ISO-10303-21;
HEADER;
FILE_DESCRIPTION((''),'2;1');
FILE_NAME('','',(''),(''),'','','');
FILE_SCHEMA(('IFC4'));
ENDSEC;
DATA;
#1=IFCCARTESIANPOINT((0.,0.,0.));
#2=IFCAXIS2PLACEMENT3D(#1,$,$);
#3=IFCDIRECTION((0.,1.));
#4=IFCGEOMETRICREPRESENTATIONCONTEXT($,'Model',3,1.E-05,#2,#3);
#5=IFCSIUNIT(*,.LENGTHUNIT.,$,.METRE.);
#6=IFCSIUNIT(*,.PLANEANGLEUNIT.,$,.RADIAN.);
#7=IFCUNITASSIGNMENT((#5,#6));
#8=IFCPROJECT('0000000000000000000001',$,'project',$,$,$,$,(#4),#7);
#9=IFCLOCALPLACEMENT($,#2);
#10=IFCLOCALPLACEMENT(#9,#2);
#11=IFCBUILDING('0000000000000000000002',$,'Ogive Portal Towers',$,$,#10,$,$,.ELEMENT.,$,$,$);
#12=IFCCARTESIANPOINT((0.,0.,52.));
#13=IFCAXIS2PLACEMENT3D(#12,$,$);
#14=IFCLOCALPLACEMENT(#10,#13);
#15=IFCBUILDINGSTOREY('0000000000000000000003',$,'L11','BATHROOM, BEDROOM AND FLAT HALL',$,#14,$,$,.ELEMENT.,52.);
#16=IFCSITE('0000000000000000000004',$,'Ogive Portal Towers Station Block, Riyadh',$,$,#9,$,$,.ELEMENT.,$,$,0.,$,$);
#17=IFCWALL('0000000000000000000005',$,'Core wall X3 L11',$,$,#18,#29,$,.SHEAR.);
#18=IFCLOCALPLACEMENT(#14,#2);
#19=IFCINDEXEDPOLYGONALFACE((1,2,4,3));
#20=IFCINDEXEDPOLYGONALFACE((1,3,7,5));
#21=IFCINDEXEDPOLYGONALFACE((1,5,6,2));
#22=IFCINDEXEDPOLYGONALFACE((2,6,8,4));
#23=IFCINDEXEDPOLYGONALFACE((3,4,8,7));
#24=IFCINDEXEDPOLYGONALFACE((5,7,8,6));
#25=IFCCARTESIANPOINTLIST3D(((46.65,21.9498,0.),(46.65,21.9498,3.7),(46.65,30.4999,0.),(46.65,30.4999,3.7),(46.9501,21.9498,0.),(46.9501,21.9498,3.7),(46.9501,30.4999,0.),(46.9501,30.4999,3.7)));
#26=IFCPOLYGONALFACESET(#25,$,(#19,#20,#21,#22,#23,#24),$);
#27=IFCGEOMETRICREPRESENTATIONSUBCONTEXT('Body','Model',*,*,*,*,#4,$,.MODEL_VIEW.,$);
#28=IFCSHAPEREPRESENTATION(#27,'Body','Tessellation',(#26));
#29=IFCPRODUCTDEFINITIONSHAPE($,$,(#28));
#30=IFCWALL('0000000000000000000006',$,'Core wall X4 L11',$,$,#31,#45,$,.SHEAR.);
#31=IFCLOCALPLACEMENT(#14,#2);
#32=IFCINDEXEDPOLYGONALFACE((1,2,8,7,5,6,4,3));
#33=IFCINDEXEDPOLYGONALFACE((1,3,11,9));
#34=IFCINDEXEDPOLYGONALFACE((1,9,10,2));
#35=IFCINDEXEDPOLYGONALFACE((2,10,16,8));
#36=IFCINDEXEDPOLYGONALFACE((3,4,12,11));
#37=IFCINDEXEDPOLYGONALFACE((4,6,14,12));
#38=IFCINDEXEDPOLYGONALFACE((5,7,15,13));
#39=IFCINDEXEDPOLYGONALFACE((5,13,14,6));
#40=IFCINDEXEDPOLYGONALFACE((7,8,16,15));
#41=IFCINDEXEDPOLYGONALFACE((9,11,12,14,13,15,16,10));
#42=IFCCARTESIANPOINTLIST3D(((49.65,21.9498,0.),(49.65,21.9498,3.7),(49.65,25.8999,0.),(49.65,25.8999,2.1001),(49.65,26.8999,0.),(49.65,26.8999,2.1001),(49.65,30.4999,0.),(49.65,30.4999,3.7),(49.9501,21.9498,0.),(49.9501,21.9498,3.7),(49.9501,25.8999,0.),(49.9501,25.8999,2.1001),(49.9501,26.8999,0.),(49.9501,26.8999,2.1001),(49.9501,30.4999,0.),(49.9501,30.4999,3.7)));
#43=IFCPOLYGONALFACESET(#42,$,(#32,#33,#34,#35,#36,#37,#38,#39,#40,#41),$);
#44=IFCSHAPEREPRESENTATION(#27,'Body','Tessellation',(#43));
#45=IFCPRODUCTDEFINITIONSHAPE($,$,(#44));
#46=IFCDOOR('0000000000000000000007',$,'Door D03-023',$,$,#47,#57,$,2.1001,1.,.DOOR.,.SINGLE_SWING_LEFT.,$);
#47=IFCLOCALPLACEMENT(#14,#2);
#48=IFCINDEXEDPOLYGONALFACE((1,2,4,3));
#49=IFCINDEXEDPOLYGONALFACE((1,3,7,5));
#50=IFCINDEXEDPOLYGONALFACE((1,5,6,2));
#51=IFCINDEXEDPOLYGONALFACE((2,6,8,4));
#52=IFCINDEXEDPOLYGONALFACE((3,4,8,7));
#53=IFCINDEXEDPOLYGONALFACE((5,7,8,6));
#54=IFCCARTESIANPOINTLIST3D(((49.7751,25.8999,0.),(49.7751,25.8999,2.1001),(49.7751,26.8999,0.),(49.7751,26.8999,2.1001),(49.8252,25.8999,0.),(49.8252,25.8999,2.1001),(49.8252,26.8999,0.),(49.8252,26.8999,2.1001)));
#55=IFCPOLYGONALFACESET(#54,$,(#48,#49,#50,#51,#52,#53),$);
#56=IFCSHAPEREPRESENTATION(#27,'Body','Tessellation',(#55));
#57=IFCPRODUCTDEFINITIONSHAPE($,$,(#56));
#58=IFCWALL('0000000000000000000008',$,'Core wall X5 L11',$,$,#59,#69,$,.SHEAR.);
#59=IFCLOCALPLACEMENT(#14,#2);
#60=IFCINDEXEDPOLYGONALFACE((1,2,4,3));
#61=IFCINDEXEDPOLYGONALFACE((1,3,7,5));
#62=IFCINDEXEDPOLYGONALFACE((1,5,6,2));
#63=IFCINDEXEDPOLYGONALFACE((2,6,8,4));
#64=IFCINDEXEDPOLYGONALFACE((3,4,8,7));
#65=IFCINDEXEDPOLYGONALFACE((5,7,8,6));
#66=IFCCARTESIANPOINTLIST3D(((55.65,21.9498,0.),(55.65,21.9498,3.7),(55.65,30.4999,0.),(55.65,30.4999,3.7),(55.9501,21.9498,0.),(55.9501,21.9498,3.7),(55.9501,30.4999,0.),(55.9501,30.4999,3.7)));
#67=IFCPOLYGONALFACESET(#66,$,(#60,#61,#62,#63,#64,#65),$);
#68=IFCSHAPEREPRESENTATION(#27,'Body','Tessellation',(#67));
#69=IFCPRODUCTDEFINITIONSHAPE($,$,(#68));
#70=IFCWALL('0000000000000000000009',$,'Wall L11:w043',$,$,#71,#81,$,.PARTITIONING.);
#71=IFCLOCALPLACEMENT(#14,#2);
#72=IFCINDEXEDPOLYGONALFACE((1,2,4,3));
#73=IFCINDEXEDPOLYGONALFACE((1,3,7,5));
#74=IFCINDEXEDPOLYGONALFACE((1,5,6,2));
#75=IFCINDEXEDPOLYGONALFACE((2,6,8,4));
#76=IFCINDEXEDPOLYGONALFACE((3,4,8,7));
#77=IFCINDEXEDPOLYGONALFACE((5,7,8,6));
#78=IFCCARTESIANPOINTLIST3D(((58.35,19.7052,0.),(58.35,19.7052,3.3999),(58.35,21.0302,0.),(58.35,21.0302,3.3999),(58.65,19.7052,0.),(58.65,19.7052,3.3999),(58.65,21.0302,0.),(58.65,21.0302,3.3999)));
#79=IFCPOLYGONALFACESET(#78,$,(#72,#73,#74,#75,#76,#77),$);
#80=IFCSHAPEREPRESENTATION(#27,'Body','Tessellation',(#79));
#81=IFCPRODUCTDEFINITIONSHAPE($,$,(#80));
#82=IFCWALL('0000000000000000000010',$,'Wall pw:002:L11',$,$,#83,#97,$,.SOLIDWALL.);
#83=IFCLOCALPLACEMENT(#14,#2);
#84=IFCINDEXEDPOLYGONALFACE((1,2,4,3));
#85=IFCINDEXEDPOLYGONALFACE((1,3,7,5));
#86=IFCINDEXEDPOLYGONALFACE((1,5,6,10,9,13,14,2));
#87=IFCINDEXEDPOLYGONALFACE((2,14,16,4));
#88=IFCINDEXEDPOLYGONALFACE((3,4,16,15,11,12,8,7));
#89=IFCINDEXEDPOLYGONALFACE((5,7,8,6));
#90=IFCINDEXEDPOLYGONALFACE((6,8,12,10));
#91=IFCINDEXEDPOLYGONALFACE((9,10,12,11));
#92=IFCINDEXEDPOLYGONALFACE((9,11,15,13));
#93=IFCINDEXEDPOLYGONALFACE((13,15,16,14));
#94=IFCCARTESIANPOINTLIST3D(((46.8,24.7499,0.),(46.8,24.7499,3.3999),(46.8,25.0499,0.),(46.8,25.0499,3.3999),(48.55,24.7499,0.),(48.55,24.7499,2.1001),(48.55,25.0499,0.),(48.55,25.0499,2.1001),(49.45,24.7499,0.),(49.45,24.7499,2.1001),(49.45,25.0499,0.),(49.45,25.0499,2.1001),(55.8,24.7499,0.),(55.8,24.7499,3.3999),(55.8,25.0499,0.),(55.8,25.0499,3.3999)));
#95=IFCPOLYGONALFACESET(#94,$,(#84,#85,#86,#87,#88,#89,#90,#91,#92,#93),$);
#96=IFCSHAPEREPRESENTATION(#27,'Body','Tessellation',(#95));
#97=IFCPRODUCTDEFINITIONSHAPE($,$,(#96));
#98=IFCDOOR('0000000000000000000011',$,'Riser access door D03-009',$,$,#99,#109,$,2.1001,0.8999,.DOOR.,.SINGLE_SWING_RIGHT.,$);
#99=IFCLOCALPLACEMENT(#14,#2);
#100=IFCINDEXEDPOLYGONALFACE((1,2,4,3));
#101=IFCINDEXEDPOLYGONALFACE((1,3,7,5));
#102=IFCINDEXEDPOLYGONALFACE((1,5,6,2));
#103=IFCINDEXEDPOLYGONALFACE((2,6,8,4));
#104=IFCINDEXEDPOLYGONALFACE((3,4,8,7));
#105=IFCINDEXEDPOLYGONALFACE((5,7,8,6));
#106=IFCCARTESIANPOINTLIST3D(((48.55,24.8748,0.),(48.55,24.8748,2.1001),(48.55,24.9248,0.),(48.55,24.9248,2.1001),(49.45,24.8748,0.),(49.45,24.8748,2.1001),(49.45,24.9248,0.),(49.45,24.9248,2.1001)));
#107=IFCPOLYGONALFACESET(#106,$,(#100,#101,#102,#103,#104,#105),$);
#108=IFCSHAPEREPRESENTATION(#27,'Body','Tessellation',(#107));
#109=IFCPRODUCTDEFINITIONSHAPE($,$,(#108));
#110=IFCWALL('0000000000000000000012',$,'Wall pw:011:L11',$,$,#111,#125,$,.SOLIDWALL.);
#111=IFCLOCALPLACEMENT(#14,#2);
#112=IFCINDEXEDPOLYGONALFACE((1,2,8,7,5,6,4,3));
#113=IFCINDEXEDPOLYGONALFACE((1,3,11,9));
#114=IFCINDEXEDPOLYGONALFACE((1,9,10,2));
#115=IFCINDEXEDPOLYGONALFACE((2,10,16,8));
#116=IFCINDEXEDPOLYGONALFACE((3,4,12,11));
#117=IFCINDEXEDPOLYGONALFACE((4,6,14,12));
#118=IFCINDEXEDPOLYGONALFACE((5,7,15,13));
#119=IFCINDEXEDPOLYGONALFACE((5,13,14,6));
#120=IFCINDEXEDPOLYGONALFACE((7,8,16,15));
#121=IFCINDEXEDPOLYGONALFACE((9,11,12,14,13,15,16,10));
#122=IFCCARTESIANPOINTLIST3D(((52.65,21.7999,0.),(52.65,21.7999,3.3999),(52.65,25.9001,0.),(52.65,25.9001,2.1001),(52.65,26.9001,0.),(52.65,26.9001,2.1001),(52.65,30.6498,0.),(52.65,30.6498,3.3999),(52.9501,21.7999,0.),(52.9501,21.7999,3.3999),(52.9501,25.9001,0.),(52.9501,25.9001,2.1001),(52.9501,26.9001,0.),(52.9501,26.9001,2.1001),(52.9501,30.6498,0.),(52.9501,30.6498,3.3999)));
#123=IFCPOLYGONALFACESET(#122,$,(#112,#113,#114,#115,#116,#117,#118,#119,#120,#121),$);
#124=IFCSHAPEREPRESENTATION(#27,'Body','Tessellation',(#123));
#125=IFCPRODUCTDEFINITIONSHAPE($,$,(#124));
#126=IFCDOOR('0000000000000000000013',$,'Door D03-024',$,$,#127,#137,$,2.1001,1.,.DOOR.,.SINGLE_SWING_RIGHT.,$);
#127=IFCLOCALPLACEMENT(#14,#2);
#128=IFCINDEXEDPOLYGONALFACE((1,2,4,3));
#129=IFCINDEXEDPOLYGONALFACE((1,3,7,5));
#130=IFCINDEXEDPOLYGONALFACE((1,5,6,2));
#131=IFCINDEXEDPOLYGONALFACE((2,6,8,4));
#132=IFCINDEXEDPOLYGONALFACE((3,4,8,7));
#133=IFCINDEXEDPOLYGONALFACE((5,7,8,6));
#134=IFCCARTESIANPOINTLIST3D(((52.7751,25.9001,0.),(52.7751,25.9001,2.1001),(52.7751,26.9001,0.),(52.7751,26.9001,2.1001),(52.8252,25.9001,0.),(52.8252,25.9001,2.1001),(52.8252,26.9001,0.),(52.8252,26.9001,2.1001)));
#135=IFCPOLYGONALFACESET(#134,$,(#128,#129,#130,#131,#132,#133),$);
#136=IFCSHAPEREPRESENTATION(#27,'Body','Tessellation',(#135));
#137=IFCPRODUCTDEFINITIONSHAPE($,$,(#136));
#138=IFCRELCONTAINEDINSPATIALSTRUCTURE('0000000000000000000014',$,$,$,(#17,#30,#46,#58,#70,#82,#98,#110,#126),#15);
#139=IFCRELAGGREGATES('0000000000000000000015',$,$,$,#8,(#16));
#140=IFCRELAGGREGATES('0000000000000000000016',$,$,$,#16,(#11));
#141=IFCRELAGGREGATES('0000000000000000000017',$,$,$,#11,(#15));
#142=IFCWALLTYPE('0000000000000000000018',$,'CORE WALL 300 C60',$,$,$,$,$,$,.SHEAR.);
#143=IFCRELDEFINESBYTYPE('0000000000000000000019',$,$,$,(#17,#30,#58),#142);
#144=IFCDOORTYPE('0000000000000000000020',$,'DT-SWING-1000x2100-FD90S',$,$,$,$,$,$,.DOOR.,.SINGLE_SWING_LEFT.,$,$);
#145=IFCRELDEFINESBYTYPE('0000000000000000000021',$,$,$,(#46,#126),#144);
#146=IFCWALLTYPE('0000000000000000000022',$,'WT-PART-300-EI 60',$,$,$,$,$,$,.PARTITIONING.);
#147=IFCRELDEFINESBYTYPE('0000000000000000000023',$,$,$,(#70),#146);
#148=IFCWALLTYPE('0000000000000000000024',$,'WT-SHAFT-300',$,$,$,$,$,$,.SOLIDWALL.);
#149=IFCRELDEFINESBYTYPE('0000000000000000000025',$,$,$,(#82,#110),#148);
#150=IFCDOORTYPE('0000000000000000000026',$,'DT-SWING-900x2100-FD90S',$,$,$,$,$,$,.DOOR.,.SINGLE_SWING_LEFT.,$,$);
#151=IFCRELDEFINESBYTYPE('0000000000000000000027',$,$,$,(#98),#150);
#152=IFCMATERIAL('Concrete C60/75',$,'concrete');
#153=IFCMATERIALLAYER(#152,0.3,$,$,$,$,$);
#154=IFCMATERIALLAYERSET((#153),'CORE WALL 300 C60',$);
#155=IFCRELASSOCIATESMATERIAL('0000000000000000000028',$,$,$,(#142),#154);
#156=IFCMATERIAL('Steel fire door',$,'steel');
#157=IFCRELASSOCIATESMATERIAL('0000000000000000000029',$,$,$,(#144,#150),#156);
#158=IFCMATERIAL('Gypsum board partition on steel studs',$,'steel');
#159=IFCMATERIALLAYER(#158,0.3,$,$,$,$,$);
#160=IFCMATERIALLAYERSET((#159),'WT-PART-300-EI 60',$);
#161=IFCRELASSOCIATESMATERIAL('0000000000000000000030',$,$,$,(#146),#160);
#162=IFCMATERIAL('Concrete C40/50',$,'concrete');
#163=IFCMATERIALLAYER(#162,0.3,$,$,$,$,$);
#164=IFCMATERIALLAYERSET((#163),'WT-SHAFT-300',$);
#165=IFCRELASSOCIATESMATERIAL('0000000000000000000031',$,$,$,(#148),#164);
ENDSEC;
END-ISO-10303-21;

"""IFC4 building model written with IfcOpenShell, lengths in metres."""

from ifc_helpers import new_model, si_unit, direction, frame, frame_2d, origin, place, context, subcontext, project, spatial, rectangle, extrude, material, layer, layer_set, type_object, element, fill, save


model = new_model("IFC4")

# Units and contexts
model_context = context("Model", 3, precision=1e-05, world=origin(), true_north=direction((0.0, 1.0)))
body_context = subcontext(model_context, "Body", "Model", "MODEL_VIEW")
ifc_project = project(units=[si_unit("LENGTHUNIT", "METRE"), si_unit("PLANEANGLEUNIT", "RADIAN")], contexts=[model_context])

# Site, building, storey
site_placement = place(None, origin())
site = spatial("IfcSite", under=ifc_project, at=site_placement, Name="Ogive Portal Towers Station Block, Riyadh", CompositionType="ELEMENT", RefElevation=0.0)
building_placement = place(site_placement, origin())
building = spatial("IfcBuilding", under=site, at=building_placement, Name="Ogive Portal Towers", CompositionType="ELEMENT")
storey_placement = place(building_placement, frame((0.0, 0.0, 52.0)))
storey = spatial("IfcBuildingStorey", under=building, at=storey_placement, Name="L11", Description="BATHROOM, BEDROOM AND FLAT HALL", CompositionType="ELEMENT", Elevation=52.0)

# Wall
ifc_material_1 = material(Name="Concrete C60/75", Category="concrete")
ifc_layer_1 = layer(ifc_material_1, 0.3)
ifc_layer_set_1 = layer_set([ifc_layer_1], Name="CORE WALL 300 C60")
wall_type_1 = type_object("IfcWallType", Name="CORE WALL 300 C60", PredefinedType="SHEAR", material=ifc_layer_set_1)
wall_1_placement = place(storey_placement, frame((46.8, 21.95, 0.0), z_axis=(0.0, 0.0, 1.0), x_axis=(0.0, 1.0, 0.0)))
element("IfcWall", 1, at=wall_1_placement, inside=storey, type_object=wall_type_1, Name="Core wall X3 L11", PredefinedType="SHEAR", context=body_context, shape_type="SweptSolid", body=[
    extrude(rectangle(XDim=8.55, YDim=0.3, at=frame_2d((4.2749, 0.0))), origin(), (0.0, 0.0, 1.0), 3.7),
])

# Wall, opening, door
wall_2_placement = place(storey_placement, frame((49.8, 21.95, 0.0), z_axis=(0.0, 0.0, 1.0), x_axis=(0.0, 1.0, 0.0)))
wall_2 = element("IfcWall", 2, at=wall_2_placement, inside=storey, type_object=wall_type_1, Name="Core wall X4 L11", PredefinedType="SHEAR", context=body_context, shape_type="SweptSolid", body=[
    extrude(rectangle(XDim=8.55, YDim=0.3, at=frame_2d((4.2749, 0.0))), origin(), (0.0, 0.0, 1.0), 3.7),
])
opening_1_placement = place(wall_2_placement, frame((3.95, 0.0, 0.0)))
opening_1 = element("IfcOpeningElement", 3, at=opening_1_placement, cuts=wall_2, PredefinedType="OPENING", context=body_context, shape_type="SweptSolid", body=[
    extrude(rectangle(XDim=1.0, YDim=2.1001, at=frame_2d((0.5, 1.05))), frame((0.0, 0.1602, 0.0), z_axis=(0.0, -1.0, 0.0), x_axis=(1.0, 0.0, 0.0)), (0.0, 0.0, 1.0), 0.3201),
])
ifc_material_2 = material(Name="Steel fire door", Category="steel")
door_type_1 = type_object("IfcDoorType", Name="DT-SWING-1000x2100-FD90S", OperationType="SINGLE_SWING_LEFT", PredefinedType="DOOR", material=ifc_material_2)
door_1_placement = place(opening_1_placement, origin())
door_1 = element("IfcDoor", 4, at=door_1_placement, inside=storey, type_object=door_type_1, Name="Door D03-023", OperationType="SINGLE_SWING_LEFT", OverallHeight=2.1001, OverallWidth=1.0, PredefinedType="DOOR", context=body_context, shape_type="SweptSolid", body=[
    extrude(rectangle(XDim=1.0, YDim=2.1001, at=frame_2d((0.5, 1.05))), frame((0.0, 0.0249, 0.0), z_axis=(0.0, -1.0, 0.0), x_axis=(1.0, 0.0, 0.0)), (0.0, 0.0, 1.0), 0.05),
])
fill(opening_1, door_1)

# Wall
wall_3_placement = place(storey_placement, frame((55.8, 21.95, 0.0), z_axis=(0.0, 0.0, 1.0), x_axis=(0.0, 1.0, 0.0)))
element("IfcWall", 5, at=wall_3_placement, inside=storey, type_object=wall_type_1, Name="Core wall X5 L11", PredefinedType="SHEAR", context=body_context, shape_type="SweptSolid", body=[
    extrude(rectangle(XDim=8.55, YDim=0.3, at=frame_2d((4.2749, 0.0))), origin(), (0.0, 0.0, 1.0), 3.7),
])

# Wall
ifc_material_3 = material(Name="Gypsum board partition on steel studs", Category="steel")
ifc_layer_2 = layer(ifc_material_3, 0.3)
ifc_layer_set_2 = layer_set([ifc_layer_2], Name="WT-PART-300-EI 60")
wall_type_2 = type_object("IfcWallType", Name="WT-PART-300-EI 60", PredefinedType="PARTITIONING", material=ifc_layer_set_2)
wall_4_placement = place(storey_placement, frame((58.5, 19.7051, 0.0), z_axis=(0.0, 0.0, 1.0), x_axis=(0.0, 1.0, 0.0)))
element("IfcWall", 6, at=wall_4_placement, inside=storey, type_object=wall_type_2, Name="Wall L11:w043", PredefinedType="PARTITIONING", context=body_context, shape_type="SweptSolid", body=[
    extrude(rectangle(XDim=1.325, YDim=0.3, at=frame_2d((0.6626, 0.0))), origin(), (0.0, 0.0, 1.0), 3.3999),
])

# Walls, openings, doors
ifc_material_4 = material(Name="Concrete C40/50", Category="concrete")
ifc_layer_3 = layer(ifc_material_4, 0.3)
ifc_layer_set_3 = layer_set([ifc_layer_3], Name="WT-SHAFT-300")
wall_type_3 = type_object("IfcWallType", Name="WT-SHAFT-300", PredefinedType="SOLIDWALL", material=ifc_layer_set_3)
wall_5_placement = place(storey_placement, frame((46.8, 24.8999, 0.0), z_axis=(0.0, 0.0, 1.0), x_axis=(1.0, 0.0, 0.0)))
wall_5 = element("IfcWall", 7, at=wall_5_placement, inside=storey, type_object=wall_type_3, Name="Wall pw:002:L11", PredefinedType="SOLIDWALL", context=body_context, shape_type="SweptSolid", body=[
    extrude(rectangle(XDim=9.0, YDim=0.3, at=frame_2d((4.5, 0.0))), origin(), (0.0, 0.0, 1.0), 3.3999),
])
opening_2_placement = place(wall_5_placement, frame((1.75, 0.0, 0.0)))
opening_2 = element("IfcOpeningElement", 8, at=opening_2_placement, cuts=wall_5, PredefinedType="OPENING", context=body_context, shape_type="SweptSolid", body=[
    extrude(rectangle(XDim=0.8999, YDim=2.1001, at=frame_2d((0.45, 1.05))), frame((0.0, 0.1602, 0.0), z_axis=(0.0, -1.0, 0.0), x_axis=(1.0, 0.0, 0.0)), (0.0, 0.0, 1.0), 0.3201),
])
door_type_2 = type_object("IfcDoorType", Name="DT-SWING-900x2100-FD90S", OperationType="SINGLE_SWING_LEFT", PredefinedType="DOOR", material=ifc_material_2)
door_2_placement = place(opening_2_placement, origin())
door_2 = element("IfcDoor", 9, at=door_2_placement, inside=storey, type_object=door_type_2, Name="Riser access door D03-009", OperationType="SINGLE_SWING_RIGHT", OverallHeight=2.1001, OverallWidth=0.8999, PredefinedType="DOOR", context=body_context, shape_type="SweptSolid", body=[
    extrude(rectangle(XDim=0.8999, YDim=2.1001, at=frame_2d((0.45, 1.05))), frame((0.0, 0.0249, 0.0), z_axis=(0.0, -1.0, 0.0), x_axis=(1.0, 0.0, 0.0)), (0.0, 0.0, 1.0), 0.05),
])
fill(opening_2, door_2)
wall_6_placement = place(storey_placement, frame((52.8, 21.8, 0.0), z_axis=(0.0, 0.0, 1.0), x_axis=(0.0, 1.0, 0.0)))
wall_6 = element("IfcWall", 10, at=wall_6_placement, inside=storey, type_object=wall_type_3, Name="Wall pw:011:L11", PredefinedType="SOLIDWALL", context=body_context, shape_type="SweptSolid", body=[
    extrude(rectangle(XDim=8.8499, YDim=0.3, at=frame_2d((4.4248, 0.0))), origin(), (0.0, 0.0, 1.0), 3.3999),
])
opening_3_placement = place(wall_6_placement, frame((4.1001, 0.0, 0.0)))
opening_3 = element("IfcOpeningElement", 11, at=opening_3_placement, cuts=wall_6, PredefinedType="OPENING", context=body_context, shape_type="SweptSolid", body=[
    extrude(rectangle(XDim=1.0, YDim=2.1001, at=frame_2d((0.5, 1.05))), frame((0.0, 0.1602, 0.0), z_axis=(0.0, -1.0, 0.0), x_axis=(1.0, 0.0, 0.0)), (0.0, 0.0, 1.0), 0.3201),
])
door_3_placement = place(opening_3_placement, origin())
door_3 = element("IfcDoor", 12, at=door_3_placement, inside=storey, type_object=door_type_1, Name="Door D03-024", OperationType="SINGLE_SWING_RIGHT", OverallHeight=2.1001, OverallWidth=1.0, PredefinedType="DOOR", context=body_context, shape_type="SweptSolid", body=[
    extrude(rectangle(XDim=1.0, YDim=2.1001, at=frame_2d((0.5, 1.05))), frame((0.0, 0.0249, 0.0), z_axis=(0.0, -1.0, 0.0), x_axis=(1.0, 0.0, 0.0)), (0.0, 0.0, 1.0), 0.05),
])
fill(opening_3, door_3)

save(model, "model.ifc")
